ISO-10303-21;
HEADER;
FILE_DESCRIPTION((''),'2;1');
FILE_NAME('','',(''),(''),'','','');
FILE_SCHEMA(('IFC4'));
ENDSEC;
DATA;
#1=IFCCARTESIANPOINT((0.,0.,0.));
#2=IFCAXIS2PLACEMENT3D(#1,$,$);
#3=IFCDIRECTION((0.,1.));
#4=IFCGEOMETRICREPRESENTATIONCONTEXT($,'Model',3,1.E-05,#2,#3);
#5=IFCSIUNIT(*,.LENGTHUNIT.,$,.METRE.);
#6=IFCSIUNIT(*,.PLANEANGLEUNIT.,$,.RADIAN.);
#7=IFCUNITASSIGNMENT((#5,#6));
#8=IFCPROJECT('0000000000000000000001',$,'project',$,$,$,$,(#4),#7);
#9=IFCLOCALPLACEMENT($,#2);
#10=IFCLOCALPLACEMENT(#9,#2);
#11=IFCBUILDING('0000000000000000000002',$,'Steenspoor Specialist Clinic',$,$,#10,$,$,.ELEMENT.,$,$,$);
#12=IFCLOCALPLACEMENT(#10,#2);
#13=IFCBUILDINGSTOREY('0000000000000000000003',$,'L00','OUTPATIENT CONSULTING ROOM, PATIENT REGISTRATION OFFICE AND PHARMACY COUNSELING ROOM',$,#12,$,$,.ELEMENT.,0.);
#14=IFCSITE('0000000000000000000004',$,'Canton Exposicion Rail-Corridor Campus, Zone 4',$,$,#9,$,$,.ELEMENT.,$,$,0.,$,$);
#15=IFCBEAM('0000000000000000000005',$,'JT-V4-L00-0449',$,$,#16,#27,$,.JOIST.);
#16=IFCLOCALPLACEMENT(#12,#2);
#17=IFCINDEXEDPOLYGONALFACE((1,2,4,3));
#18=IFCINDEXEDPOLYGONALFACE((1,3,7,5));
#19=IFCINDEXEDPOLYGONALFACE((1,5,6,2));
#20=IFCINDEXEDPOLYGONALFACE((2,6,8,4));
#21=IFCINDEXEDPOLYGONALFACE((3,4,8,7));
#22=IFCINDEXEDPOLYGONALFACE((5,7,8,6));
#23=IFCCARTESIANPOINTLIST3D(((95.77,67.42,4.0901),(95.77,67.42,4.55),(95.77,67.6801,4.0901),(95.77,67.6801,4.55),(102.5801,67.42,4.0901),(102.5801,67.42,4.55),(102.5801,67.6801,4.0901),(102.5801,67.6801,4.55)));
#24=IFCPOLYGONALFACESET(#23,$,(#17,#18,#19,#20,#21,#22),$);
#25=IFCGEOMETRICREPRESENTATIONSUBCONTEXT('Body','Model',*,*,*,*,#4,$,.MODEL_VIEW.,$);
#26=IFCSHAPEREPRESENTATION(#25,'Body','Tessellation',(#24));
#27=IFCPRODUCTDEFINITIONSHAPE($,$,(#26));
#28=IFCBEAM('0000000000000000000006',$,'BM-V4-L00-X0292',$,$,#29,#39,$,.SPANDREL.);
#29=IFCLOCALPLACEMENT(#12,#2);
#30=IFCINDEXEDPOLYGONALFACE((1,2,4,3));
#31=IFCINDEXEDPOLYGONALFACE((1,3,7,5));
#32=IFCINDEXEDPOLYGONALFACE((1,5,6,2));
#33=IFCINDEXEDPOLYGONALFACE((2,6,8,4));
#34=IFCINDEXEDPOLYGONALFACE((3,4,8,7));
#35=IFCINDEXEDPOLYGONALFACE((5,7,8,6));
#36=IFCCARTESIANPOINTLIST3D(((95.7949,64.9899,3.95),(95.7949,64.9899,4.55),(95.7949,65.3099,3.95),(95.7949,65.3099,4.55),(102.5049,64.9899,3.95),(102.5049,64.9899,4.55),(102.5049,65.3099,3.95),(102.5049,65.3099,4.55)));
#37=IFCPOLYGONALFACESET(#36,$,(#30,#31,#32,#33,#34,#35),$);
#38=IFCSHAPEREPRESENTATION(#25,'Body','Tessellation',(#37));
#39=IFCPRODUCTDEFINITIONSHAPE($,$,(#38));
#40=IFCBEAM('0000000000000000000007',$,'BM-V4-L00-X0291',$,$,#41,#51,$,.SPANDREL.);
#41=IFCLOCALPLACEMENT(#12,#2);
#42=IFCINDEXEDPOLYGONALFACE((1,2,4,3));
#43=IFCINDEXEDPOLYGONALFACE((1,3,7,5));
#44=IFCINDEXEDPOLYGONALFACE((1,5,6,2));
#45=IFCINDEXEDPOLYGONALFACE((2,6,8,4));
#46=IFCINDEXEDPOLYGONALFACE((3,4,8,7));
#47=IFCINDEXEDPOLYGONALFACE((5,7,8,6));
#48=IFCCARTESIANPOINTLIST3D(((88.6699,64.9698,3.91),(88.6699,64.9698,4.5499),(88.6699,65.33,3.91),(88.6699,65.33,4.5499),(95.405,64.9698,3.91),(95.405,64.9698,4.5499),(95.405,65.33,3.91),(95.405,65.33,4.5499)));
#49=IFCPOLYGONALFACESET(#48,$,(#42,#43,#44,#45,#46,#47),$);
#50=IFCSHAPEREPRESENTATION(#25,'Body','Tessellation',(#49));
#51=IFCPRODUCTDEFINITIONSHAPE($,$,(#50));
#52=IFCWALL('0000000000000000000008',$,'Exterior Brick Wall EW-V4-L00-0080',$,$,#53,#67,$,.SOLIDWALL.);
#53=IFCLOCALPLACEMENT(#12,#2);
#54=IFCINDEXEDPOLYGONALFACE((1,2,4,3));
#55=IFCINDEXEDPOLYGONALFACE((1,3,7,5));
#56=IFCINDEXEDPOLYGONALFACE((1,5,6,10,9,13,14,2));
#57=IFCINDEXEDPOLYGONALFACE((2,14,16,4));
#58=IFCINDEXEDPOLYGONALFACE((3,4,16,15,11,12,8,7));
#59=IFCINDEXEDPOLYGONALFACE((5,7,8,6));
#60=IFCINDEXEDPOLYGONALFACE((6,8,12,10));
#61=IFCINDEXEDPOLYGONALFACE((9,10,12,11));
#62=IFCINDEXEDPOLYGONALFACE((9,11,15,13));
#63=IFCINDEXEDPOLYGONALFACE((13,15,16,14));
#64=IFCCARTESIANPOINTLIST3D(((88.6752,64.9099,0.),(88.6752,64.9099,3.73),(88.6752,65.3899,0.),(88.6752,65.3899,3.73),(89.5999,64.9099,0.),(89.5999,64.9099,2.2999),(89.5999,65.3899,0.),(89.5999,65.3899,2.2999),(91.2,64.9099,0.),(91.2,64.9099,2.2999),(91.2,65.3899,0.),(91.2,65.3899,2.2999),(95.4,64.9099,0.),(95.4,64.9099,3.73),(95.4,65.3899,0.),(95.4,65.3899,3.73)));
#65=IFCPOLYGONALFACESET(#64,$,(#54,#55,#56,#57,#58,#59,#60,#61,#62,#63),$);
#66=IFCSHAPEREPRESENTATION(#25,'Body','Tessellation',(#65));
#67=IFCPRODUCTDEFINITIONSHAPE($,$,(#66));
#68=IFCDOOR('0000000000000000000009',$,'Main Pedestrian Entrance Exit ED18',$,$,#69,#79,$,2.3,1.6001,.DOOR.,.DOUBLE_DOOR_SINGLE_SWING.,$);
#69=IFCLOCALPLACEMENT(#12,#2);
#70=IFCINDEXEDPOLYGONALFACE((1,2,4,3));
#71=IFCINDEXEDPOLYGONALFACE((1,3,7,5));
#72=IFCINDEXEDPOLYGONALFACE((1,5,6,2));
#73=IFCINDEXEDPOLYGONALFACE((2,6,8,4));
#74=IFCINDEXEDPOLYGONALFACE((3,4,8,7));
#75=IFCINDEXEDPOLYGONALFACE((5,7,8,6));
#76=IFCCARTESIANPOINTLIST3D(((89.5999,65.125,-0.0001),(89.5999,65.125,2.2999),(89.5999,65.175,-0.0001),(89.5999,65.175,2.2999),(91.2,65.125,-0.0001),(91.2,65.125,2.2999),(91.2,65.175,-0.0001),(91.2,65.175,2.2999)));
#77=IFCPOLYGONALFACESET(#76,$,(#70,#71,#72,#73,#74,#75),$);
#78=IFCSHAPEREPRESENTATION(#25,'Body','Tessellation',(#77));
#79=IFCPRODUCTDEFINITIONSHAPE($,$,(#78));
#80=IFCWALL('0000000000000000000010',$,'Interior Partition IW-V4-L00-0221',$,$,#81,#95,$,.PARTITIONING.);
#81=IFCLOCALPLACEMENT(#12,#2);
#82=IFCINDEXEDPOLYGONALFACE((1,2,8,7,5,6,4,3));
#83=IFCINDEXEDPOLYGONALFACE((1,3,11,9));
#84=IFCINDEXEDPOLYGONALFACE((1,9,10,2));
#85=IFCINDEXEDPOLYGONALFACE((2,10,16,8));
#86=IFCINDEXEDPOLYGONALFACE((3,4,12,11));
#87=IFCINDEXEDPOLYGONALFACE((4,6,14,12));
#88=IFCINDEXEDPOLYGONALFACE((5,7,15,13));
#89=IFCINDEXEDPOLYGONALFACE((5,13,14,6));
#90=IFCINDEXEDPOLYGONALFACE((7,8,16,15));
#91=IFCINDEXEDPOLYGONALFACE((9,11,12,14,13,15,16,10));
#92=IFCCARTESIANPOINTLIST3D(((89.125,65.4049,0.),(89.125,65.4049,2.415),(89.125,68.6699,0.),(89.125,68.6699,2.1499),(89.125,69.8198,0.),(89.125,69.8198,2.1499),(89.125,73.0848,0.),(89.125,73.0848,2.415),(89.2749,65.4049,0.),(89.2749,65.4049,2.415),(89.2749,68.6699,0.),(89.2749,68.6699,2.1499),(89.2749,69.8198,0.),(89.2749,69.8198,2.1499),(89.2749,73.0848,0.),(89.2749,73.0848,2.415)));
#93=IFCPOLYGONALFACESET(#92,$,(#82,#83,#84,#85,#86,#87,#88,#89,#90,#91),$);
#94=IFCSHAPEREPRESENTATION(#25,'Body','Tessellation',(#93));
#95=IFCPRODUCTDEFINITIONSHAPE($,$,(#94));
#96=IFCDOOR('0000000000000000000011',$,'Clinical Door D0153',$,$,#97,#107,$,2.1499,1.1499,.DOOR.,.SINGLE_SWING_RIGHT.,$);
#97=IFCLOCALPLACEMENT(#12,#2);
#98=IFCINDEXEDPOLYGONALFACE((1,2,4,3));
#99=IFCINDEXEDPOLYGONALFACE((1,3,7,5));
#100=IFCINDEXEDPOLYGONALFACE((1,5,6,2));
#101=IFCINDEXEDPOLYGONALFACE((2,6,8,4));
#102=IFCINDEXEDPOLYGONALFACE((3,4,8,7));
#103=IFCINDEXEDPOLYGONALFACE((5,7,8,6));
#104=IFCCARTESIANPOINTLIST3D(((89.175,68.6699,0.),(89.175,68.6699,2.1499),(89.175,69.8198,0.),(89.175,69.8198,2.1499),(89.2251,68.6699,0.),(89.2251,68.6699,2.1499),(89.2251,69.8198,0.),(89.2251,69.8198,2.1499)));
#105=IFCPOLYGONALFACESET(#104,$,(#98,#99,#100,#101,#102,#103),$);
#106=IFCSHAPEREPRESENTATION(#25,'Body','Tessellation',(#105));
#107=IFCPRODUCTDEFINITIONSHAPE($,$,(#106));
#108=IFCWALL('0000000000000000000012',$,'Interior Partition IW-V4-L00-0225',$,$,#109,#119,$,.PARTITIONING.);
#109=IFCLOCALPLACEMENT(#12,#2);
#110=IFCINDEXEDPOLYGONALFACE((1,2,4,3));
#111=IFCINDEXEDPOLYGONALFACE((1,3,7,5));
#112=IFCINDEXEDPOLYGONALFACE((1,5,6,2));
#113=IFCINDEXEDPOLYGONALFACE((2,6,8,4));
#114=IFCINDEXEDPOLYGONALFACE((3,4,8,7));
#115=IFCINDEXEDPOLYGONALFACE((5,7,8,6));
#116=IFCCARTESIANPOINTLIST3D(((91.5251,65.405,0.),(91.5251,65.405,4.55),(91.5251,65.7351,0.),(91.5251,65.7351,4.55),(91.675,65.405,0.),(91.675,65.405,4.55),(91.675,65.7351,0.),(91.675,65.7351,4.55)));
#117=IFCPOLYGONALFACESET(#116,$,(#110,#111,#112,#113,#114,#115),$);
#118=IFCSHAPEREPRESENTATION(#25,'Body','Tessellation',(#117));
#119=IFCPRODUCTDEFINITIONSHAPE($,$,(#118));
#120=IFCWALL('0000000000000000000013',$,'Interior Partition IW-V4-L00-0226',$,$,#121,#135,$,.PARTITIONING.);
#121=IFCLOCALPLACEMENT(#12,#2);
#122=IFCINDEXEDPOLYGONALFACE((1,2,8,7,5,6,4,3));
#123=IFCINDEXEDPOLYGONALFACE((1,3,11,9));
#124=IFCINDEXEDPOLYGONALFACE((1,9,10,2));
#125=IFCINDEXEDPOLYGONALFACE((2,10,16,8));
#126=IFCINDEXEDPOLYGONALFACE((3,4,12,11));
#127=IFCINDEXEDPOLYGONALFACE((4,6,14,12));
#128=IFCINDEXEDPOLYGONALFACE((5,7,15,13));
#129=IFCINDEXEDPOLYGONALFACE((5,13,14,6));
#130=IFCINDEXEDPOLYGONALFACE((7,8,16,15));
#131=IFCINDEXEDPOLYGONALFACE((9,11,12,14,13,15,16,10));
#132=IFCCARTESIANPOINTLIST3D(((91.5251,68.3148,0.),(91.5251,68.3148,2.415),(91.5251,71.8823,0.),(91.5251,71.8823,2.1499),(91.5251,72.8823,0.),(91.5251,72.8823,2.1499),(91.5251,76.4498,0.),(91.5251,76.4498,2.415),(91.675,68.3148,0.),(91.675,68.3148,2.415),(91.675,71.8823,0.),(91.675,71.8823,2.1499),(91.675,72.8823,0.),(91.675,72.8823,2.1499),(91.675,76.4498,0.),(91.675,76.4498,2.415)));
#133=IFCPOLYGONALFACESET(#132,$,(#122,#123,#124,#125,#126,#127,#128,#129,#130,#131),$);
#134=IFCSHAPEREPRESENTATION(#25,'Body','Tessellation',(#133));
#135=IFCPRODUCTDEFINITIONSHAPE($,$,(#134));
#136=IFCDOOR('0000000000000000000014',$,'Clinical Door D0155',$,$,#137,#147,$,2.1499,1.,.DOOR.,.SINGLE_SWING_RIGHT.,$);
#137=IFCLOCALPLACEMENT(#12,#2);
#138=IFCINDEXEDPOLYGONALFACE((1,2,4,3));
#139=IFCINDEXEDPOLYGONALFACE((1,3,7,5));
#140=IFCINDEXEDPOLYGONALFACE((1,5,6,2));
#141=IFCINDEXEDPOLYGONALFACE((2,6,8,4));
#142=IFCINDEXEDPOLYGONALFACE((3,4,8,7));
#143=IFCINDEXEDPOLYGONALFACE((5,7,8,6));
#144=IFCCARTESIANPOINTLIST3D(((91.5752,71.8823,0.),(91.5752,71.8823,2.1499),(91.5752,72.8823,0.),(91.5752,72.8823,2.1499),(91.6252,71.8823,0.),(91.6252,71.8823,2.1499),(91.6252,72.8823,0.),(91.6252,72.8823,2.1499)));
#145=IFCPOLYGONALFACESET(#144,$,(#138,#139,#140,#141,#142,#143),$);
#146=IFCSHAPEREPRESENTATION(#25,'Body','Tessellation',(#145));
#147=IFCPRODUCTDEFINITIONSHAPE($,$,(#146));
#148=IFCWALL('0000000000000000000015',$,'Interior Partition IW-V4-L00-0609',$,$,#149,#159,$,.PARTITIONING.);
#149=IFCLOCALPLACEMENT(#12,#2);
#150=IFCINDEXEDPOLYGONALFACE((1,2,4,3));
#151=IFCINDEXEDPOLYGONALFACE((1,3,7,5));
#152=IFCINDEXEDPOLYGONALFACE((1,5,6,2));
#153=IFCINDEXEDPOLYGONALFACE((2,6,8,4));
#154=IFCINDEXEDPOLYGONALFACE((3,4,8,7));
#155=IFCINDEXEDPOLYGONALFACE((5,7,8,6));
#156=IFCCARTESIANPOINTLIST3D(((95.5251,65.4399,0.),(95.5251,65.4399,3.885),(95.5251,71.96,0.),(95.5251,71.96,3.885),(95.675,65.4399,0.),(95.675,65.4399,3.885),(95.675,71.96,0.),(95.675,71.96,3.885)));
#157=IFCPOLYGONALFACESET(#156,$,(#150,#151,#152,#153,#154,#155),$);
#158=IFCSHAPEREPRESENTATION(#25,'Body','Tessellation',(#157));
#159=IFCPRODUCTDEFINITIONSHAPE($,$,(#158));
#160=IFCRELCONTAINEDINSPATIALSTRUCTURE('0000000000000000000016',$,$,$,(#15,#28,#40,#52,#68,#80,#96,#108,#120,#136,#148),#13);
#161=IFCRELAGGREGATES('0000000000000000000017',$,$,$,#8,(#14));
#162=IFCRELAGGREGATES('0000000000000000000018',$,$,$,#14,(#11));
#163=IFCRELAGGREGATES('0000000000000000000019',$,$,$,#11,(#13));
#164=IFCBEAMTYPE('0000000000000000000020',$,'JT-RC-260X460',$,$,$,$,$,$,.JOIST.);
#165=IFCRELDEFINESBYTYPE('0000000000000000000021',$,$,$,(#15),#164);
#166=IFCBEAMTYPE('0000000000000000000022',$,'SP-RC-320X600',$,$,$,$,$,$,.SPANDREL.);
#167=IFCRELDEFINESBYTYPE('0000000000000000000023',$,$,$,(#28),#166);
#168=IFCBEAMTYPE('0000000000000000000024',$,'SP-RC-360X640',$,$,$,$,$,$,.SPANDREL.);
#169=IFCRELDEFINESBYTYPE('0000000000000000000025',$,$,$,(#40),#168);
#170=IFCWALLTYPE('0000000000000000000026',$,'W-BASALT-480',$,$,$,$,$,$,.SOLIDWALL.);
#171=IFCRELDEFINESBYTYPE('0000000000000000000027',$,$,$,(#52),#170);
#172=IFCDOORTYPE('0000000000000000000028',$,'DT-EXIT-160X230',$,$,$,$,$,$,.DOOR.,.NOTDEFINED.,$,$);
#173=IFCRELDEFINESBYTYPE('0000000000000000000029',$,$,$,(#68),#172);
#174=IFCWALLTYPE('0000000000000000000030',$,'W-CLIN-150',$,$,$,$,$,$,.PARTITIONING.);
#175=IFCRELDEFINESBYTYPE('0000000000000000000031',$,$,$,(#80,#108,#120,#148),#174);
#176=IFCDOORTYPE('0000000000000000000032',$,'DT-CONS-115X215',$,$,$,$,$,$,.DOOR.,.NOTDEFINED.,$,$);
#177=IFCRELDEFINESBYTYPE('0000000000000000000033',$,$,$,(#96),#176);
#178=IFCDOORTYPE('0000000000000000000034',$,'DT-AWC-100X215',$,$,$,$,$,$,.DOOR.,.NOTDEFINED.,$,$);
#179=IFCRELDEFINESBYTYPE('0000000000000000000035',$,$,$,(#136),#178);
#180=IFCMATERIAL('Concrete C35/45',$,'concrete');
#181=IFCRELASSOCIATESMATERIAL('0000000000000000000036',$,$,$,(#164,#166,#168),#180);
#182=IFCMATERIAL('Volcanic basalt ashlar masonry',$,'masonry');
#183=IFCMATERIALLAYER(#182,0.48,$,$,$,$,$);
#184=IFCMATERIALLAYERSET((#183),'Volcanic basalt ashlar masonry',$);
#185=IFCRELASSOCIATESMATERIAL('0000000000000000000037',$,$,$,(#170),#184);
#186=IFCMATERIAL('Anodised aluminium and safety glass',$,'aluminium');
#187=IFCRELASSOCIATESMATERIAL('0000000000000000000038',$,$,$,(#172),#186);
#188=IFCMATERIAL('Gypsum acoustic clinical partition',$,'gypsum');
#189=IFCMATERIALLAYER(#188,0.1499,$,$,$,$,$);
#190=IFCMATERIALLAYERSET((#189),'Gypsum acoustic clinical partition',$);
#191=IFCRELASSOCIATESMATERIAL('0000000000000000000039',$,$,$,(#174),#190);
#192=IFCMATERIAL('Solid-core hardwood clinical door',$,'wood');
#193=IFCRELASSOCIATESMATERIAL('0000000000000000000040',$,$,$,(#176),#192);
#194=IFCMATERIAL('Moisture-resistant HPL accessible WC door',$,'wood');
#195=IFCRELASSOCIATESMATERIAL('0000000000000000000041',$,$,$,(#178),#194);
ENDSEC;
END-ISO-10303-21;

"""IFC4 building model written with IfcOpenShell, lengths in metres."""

from ifc_helpers import new_model, si_unit, direction, frame, frame_2d, origin, origin_2d, place, context, subcontext, project, spatial, rectangle, extrude, material, layer, layer_set, material_profile, profile_set, type_object, element, fill, save


model = new_model("IFC4")

# Units and contexts
model_context = context("Model", 3, precision=1e-05, world=origin(), true_north=direction((0.0, 1.0)))
body_context = subcontext(model_context, "Body", "Model", "MODEL_VIEW")
ifc_project = project(units=[si_unit("LENGTHUNIT", "METRE"), si_unit("PLANEANGLEUNIT", "RADIAN")], contexts=[model_context])

# Site, building, storey
site_placement = place(None, origin())
site = spatial("IfcSite", under=ifc_project, at=site_placement, Name="Canton Exposicion Rail-Corridor Campus, Zone 4", CompositionType="ELEMENT", RefElevation=0.0)
building_placement = place(site_placement, origin())
building = spatial("IfcBuilding", under=site, at=building_placement, Name="Steenspoor Specialist Clinic", CompositionType="ELEMENT")
storey_placement = place(building_placement, origin())
storey = spatial("IfcBuildingStorey", under=building, at=storey_placement, Name="L00", Description="OUTPATIENT CONSULTING ROOM, PATIENT REGISTRATION OFFICE AND PHARMACY COUNSELING ROOM", CompositionType="ELEMENT", Elevation=0.0)

# Shared definitions
ifc_material_1 = material(Name="Concrete C35/45", Category="concrete")

# Beams
ifc_material_profile_1 = material_profile(ifc_material_1, rectangle(XDim=0.26, YDim=0.46, at=origin_2d()), Name="RC-JT-260X460")
ifc_profile_set_1 = profile_set([ifc_material_profile_1], Name="Concrete C35/45")
beam_type_1 = type_object("IfcBeamType", Name="JT-RC-260X460", PredefinedType="JOIST", material=ifc_profile_set_1)
beam_1_placement = place(storey_placement, frame((95.77, 67.55, 4.3201), z_axis=(1.0, 0.0, 0.0), x_axis=(0.0, 1.0, 0.0)))
element("IfcBeam", 1, at=beam_1_placement, inside=storey, type_object=beam_type_1, Name="JT-V4-L00-0449", PredefinedType="JOIST", context=body_context, shape_type="SweptSolid", body=[
    extrude(rectangle(XDim=0.26, YDim=0.46, at=origin_2d()), origin(), (0.0, 0.0, 1.0), 6.8101),
])
ifc_material_profile_2 = material_profile(ifc_material_1, rectangle(XDim=0.3201, YDim=0.6001, at=origin_2d()), Name="RC-SP-320X600")
ifc_profile_set_2 = profile_set([ifc_material_profile_2], Name="Concrete C35/45")
beam_type_2 = type_object("IfcBeamType", Name="SP-RC-320X600", PredefinedType="SPANDREL", material=ifc_profile_set_2)
beam_2_placement = place(storey_placement, frame((95.7949, 65.1499, 4.25), z_axis=(1.0, 0.0, 0.0), x_axis=(0.0, 1.0, 0.0)))
element("IfcBeam", 2, at=beam_2_placement, inside=storey, type_object=beam_type_2, Name="BM-V4-L00-X0292", PredefinedType="SPANDREL", context=body_context, shape_type="SweptSolid", body=[
    extrude(rectangle(XDim=0.3201, YDim=0.6001, at=origin_2d()), origin(), (0.0, 0.0, 1.0), 6.71),
])
ifc_material_profile_3 = material_profile(ifc_material_1, rectangle(XDim=0.3601, YDim=0.6399, at=origin_2d()), Name="RC-SP-360X640")
ifc_profile_set_3 = profile_set([ifc_material_profile_3], Name="Concrete C35/45")
beam_type_3 = type_object("IfcBeamType", Name="SP-RC-360X640", PredefinedType="SPANDREL", material=ifc_profile_set_3)
beam_3_placement = place(storey_placement, frame((88.6699, 65.1499, 4.23), z_axis=(1.0, 0.0, 0.0), x_axis=(0.0, 1.0, 0.0)))
element("IfcBeam", 3, at=beam_3_placement, inside=storey, type_object=beam_type_3, Name="BM-V4-L00-X0291", PredefinedType="SPANDREL", context=body_context, shape_type="SweptSolid", body=[
    extrude(rectangle(XDim=0.3601, YDim=0.6399, at=origin_2d()), origin(), (0.0, 0.0, 1.0), 6.7351),
])

# Walls, openings, doors
ifc_material_2 = material(Name="Volcanic basalt ashlar masonry", Category="masonry")
ifc_layer_1 = layer(ifc_material_2, 0.48)
ifc_layer_set_1 = layer_set([ifc_layer_1], Name="Volcanic basalt ashlar masonry")
wall_type_1 = type_object("IfcWallType", Name="W-BASALT-480", PredefinedType="SOLIDWALL", material=ifc_layer_set_1)
wall_1_placement = place(storey_placement, frame((95.3999, 65.1499, 0.0), z_axis=(0.0, 0.0, 1.0), x_axis=(-1.0, 0.0, 0.0)))
wall_1 = element("IfcWall", 4, at=wall_1_placement, inside=storey, type_object=wall_type_1, Name="Exterior Brick Wall EW-V4-L00-0080", PredefinedType="SOLIDWALL", context=body_context, shape_type="SweptSolid", body=[
    extrude(rectangle(XDim=6.7249, YDim=0.48, at=frame_2d((3.3623, 0.0))), origin(), (0.0, 0.0, 1.0), 3.73),
])
opening_1_placement = place(wall_1_placement, frame((4.2, 0.0, 0.0)))
opening_1 = element("IfcOpeningElement", 5, at=opening_1_placement, cuts=wall_1, PredefinedType="OPENING", context=body_context, shape_type="SweptSolid", body=[
    extrude(rectangle(XDim=1.6001, YDim=2.3, at=frame_2d((0.8, 1.1499))), frame((0.0, 0.25, 0.0), z_axis=(0.0, -1.0, 0.0), x_axis=(1.0, 0.0, 0.0)), (0.0, 0.0, 1.0), 0.5),
])
ifc_material_3 = material(Name="Anodised aluminium and safety glass", Category="aluminium")
door_type_1 = type_object("IfcDoorType", Name="DT-EXIT-160X230", OperationType="NOTDEFINED", PredefinedType="DOOR", material=ifc_material_3)
door_1_placement = place(opening_1_placement, origin())
door_1 = element("IfcDoor", 6, at=door_1_placement, inside=storey, type_object=door_type_1, Name="Main Pedestrian Entrance Exit ED18", OperationType="DOUBLE_DOOR_SINGLE_SWING", OverallHeight=2.3, OverallWidth=1.6001, PredefinedType="DOOR", context=body_context, shape_type="SweptSolid", body=[
    extrude(rectangle(XDim=1.6001, YDim=2.3, at=frame_2d((0.8, 1.1499))), frame((0.0, 0.0249, 0.0), z_axis=(0.0, -1.0, 0.0), x_axis=(1.0, 0.0, 0.0)), (0.0, 0.0, 1.0), 0.05),
])
fill(opening_1, door_1)
ifc_material_4 = material(Name="Gypsum acoustic clinical partition", Category="gypsum")
ifc_layer_2 = layer(ifc_material_4, 0.1499)
ifc_layer_set_2 = layer_set([ifc_layer_2], Name="Gypsum acoustic clinical partition")
wall_type_2 = type_object("IfcWallType", Name="W-CLIN-150", PredefinedType="PARTITIONING", material=ifc_layer_set_2)
wall_2_placement = place(storey_placement, frame((89.2, 65.405, 0.0), z_axis=(0.0, 0.0, 1.0), x_axis=(0.0, 1.0, 0.0)))
wall_2 = element("IfcWall", 7, at=wall_2_placement, inside=storey, type_object=wall_type_2, Name="Interior Partition IW-V4-L00-0221", PredefinedType="PARTITIONING", context=body_context, shape_type="SweptSolid", body=[
    extrude(rectangle(XDim=7.6799, YDim=0.1499, at=frame_2d((3.8398, 0.0))), origin(), (0.0, 0.0, 1.0), 2.415),
])
opening_2_placement = place(wall_2_placement, frame((3.2649, 0.0, 0.0)))
opening_2 = element("IfcOpeningElement", 8, at=opening_2_placement, cuts=wall_2, PredefinedType="OPENING", context=body_context, shape_type="SweptSolid", body=[
    extrude(rectangle(XDim=1.1499, YDim=2.1499, at=frame_2d((0.575, 1.075))), frame((0.0, 0.085, 0.0), z_axis=(0.0, -1.0, 0.0), x_axis=(1.0, 0.0, 0.0)), (0.0, 0.0, 1.0), 0.1699),
])
ifc_material_5 = material(Name="Solid-core hardwood clinical door", Category="wood")
door_type_2 = type_object("IfcDoorType", Name="DT-CONS-115X215", OperationType="NOTDEFINED", PredefinedType="DOOR", material=ifc_material_5)
door_2_placement = place(opening_2_placement, origin())
door_2 = element("IfcDoor", 9, at=door_2_placement, inside=storey, type_object=door_type_2, Name="Clinical Door D0153", OperationType="SINGLE_SWING_RIGHT", OverallHeight=2.1499, OverallWidth=1.1499, PredefinedType="DOOR", context=body_context, shape_type="SweptSolid", body=[
    extrude(rectangle(XDim=1.1499, YDim=2.1499, at=frame_2d((0.575, 1.075))), frame((0.0, 0.0249, 0.0), z_axis=(0.0, -1.0, 0.0), x_axis=(1.0, 0.0, 0.0)), (0.0, 0.0, 1.0), 0.05),
])
fill(opening_2, door_2)

# Wall
wall_3_placement = place(storey_placement, frame((91.6001, 65.405, 0.0), z_axis=(0.0, 0.0, 1.0), x_axis=(0.0, 1.0, 0.0)))
element("IfcWall", 10, at=wall_3_placement, inside=storey, type_object=wall_type_2, Name="Interior Partition IW-V4-L00-0225", PredefinedType="PARTITIONING", context=body_context, shape_type="SweptSolid", body=[
    extrude(rectangle(XDim=0.3301, YDim=0.1499, at=frame_2d((0.165, 0.0))), origin(), (0.0, 0.0, 1.0), 4.55),
])

# Wall, opening, door
wall_4_placement = place(storey_placement, frame((91.6001, 68.3149, 0.0), z_axis=(0.0, 0.0, 1.0), x_axis=(0.0, 1.0, 0.0)))
wall_4 = element("IfcWall", 11, at=wall_4_placement, inside=storey, type_object=wall_type_2, Name="Interior Partition IW-V4-L00-0226", PredefinedType="PARTITIONING", context=body_context, shape_type="SweptSolid", body=[
    extrude(rectangle(XDim=8.135, YDim=0.1499, at=frame_2d((4.0674, 0.0))), origin(), (0.0, 0.0, 1.0), 2.415),
])
opening_3_placement = place(wall_4_placement, frame((3.5674, 0.0, 0.0)))
opening_3 = element("IfcOpeningElement", 12, at=opening_3_placement, cuts=wall_4, PredefinedType="OPENING", context=body_context, shape_type="SweptSolid", body=[
    extrude(rectangle(XDim=1.0, YDim=2.1499, at=frame_2d((0.5, 1.075))), frame((0.0, 0.085, 0.0), z_axis=(0.0, -1.0, 0.0), x_axis=(1.0, 0.0, 0.0)), (0.0, 0.0, 1.0), 0.1699),
])
ifc_material_6 = material(Name="Moisture-resistant HPL accessible WC door", Category="wood")
door_type_3 = type_object("IfcDoorType", Name="DT-AWC-100X215", OperationType="NOTDEFINED", PredefinedType="DOOR", material=ifc_material_6)
door_3_placement = place(opening_3_placement, origin())
door_3 = element("IfcDoor", 13, at=door_3_placement, inside=storey, type_object=door_type_3, Name="Clinical Door D0155", OperationType="SINGLE_SWING_RIGHT", OverallHeight=2.1499, OverallWidth=1.0, PredefinedType="DOOR", context=body_context, shape_type="SweptSolid", body=[
    extrude(rectangle(XDim=1.0, YDim=2.1499, at=frame_2d((0.5, 1.075))), frame((0.0, 0.0249, 0.0), z_axis=(0.0, -1.0, 0.0), x_axis=(1.0, 0.0, 0.0)), (0.0, 0.0, 1.0), 0.05),
])
fill(opening_3, door_3)

# Wall
wall_5_placement = place(storey_placement, frame((95.6001, 65.4399, 0.0), z_axis=(0.0, 0.0, 1.0), x_axis=(0.0, 1.0, 0.0)))
element("IfcWall", 14, at=wall_5_placement, inside=storey, type_object=wall_type_2, Name="Interior Partition IW-V4-L00-0609", PredefinedType="PARTITIONING", context=body_context, shape_type="SweptSolid", body=[
    extrude(rectangle(XDim=6.52, YDim=0.1499, at=frame_2d((3.26, 0.0))), origin(), (0.0, 0.0, 1.0), 3.885),
])

save(model, "model.ifc")
